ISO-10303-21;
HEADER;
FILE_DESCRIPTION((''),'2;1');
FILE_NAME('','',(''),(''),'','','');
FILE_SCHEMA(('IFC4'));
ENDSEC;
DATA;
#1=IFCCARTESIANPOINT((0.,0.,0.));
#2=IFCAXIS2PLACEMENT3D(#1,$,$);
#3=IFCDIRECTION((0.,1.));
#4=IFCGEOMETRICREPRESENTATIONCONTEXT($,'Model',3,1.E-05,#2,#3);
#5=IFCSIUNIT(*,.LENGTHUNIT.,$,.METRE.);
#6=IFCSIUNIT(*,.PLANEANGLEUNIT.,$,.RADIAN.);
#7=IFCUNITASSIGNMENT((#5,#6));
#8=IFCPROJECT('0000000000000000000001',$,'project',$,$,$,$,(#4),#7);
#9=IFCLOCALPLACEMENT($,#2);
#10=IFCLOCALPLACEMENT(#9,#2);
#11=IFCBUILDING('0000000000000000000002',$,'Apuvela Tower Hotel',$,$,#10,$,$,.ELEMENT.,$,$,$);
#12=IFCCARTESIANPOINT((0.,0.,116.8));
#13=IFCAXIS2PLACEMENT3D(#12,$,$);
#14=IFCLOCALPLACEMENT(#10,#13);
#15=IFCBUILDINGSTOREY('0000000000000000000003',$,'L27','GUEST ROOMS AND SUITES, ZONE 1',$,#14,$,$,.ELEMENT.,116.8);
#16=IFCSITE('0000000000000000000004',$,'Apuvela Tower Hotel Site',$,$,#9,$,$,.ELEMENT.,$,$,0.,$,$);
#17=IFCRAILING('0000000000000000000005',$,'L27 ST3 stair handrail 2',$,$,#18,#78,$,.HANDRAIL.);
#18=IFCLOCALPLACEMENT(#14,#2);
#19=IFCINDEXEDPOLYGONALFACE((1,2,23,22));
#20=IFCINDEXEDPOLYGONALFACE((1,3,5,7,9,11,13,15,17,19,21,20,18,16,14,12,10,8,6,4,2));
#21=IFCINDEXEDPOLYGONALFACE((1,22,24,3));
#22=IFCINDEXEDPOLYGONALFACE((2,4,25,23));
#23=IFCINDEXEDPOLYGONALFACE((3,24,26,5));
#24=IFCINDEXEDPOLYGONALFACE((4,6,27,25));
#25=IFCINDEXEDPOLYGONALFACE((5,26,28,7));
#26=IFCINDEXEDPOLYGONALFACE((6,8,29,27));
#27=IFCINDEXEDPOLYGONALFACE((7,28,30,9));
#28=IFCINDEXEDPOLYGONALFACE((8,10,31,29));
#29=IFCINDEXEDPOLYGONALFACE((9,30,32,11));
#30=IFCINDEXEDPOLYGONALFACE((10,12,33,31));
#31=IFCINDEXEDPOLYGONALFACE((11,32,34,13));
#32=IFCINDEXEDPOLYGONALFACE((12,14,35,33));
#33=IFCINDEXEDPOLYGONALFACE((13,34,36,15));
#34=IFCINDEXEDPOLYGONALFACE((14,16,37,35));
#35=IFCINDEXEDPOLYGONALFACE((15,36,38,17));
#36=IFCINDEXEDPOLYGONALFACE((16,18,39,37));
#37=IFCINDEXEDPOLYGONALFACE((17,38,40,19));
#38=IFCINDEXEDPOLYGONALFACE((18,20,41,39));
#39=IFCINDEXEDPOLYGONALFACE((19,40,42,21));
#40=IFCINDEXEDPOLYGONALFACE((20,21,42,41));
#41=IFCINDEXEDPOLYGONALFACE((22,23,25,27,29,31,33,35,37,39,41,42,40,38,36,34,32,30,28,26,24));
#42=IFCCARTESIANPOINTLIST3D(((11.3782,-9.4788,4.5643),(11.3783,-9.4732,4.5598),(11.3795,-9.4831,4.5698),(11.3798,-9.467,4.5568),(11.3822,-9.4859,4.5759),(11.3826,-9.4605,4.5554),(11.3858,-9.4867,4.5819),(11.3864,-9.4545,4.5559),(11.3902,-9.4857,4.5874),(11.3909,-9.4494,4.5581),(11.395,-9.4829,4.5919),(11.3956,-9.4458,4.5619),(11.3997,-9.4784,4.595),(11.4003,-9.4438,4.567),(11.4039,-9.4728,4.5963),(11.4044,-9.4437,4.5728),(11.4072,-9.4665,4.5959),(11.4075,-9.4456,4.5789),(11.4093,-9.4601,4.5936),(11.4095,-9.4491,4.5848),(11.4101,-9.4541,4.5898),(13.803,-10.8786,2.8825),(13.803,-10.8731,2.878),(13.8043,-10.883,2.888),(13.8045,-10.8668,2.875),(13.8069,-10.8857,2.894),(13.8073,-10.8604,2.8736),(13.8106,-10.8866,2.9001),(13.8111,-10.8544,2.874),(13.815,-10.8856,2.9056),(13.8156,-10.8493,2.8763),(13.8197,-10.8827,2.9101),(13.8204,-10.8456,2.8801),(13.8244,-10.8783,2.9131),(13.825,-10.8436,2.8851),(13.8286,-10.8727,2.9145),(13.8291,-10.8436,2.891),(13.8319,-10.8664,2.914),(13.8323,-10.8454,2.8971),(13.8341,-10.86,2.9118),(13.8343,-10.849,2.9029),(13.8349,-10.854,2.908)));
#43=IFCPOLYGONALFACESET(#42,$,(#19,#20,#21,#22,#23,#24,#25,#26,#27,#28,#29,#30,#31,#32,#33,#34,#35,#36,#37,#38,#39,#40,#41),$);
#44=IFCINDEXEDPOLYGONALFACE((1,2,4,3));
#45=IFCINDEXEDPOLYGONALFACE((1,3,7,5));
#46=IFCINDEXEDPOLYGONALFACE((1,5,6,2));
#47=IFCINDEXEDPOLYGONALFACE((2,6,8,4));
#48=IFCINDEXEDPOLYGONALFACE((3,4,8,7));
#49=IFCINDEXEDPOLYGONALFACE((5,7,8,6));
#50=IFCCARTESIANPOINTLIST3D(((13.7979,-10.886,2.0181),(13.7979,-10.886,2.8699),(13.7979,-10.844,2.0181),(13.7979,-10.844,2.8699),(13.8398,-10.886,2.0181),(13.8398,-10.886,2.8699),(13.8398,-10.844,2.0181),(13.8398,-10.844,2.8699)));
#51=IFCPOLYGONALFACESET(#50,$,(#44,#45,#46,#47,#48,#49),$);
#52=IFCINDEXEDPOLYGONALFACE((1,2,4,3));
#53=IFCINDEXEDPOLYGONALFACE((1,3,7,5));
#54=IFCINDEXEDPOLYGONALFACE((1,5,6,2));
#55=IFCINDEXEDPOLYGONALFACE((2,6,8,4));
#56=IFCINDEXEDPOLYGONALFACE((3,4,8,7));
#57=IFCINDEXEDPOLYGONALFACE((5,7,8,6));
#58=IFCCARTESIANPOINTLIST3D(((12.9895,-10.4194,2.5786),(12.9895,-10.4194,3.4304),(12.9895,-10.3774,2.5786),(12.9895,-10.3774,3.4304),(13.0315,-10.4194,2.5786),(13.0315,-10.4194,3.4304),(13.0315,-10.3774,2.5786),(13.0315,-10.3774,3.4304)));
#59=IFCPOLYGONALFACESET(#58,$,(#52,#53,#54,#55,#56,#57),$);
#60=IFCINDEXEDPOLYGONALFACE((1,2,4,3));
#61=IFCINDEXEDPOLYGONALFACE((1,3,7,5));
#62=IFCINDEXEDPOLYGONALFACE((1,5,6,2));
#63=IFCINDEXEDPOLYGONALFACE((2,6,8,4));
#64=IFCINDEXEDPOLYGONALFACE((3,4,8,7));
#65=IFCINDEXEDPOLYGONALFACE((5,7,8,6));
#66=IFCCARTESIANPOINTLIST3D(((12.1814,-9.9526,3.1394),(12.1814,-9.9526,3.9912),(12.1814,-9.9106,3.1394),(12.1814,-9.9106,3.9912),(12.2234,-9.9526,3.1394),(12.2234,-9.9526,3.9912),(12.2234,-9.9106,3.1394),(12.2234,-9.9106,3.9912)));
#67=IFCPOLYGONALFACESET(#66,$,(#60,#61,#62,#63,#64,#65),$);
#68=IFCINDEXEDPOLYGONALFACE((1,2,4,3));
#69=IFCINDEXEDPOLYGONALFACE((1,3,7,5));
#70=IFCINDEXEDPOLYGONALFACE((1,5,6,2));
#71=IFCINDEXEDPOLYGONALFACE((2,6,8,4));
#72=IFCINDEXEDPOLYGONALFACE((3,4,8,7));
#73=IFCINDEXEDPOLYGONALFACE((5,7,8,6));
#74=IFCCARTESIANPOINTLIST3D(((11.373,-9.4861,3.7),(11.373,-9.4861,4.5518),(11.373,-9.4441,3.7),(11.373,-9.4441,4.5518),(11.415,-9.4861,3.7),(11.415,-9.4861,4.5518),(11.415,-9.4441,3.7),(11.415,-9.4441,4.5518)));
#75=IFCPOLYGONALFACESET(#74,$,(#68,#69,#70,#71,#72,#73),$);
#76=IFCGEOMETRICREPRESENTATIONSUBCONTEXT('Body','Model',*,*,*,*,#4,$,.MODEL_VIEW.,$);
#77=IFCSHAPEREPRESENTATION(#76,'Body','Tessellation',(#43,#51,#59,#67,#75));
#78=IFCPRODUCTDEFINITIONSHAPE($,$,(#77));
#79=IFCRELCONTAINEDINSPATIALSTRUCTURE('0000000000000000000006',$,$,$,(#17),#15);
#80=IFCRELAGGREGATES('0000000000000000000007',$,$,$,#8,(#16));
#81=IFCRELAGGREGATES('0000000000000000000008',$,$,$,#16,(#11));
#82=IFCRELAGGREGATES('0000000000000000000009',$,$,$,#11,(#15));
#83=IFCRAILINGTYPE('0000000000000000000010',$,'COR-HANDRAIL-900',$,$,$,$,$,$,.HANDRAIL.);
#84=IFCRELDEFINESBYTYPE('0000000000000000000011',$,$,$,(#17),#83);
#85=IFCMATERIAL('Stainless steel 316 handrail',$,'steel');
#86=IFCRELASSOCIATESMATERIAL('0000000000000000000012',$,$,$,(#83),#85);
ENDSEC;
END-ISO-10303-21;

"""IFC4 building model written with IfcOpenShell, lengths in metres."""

from ifc_helpers import new_model, si_unit, direction, frame, origin, origin_2d, place, context, subcontext, project, spatial, rectangle, circle, extrude, material, type_object, element, save


model = new_model("IFC4")

# Units and contexts
model_context = context("Model", 3, precision=1e-05, world=origin(), true_north=direction((0.0, 1.0)))
body_context = subcontext(model_context, "Body", "Model", "MODEL_VIEW")
ifc_project = project(units=[si_unit("LENGTHUNIT", "METRE"), si_unit("PLANEANGLEUNIT", "RADIAN")], contexts=[model_context])

# Site, building, storey
site_placement = place(None, origin())
site = spatial("IfcSite", under=ifc_project, at=site_placement, Name="Apuvela Tower Hotel Site", CompositionType="ELEMENT", RefElevation=0.0)
building_placement = place(site_placement, origin())
building = spatial("IfcBuilding", under=site, at=building_placement, Name="Apuvela Tower Hotel", CompositionType="ELEMENT")
storey_placement = place(building_placement, frame((0.0, 0.0, 116.8)))
storey = spatial("IfcBuildingStorey", under=building, at=storey_placement, Name="L27", Description="GUEST ROOMS AND SUITES, ZONE 1", CompositionType="ELEMENT", Elevation=116.8)

# Railing
ifc_material_1 = material(Name="Stainless steel 316 handrail", Category="steel")
railing_type_1 = type_object("IfcRailingType", Name="COR-HANDRAIL-900", PredefinedType="HANDRAIL", material=ifc_material_1)
railing_1_placement = place(storey_placement, frame((13.8188, -10.865, 2.0181)))
element("IfcRailing", 1, at=railing_1_placement, inside=storey, type_object=railing_type_1, Name="L27 ST3 stair handrail 2", PredefinedType="HANDRAIL", context=body_context, shape_type="SweptSolid", body=[
    extrude(circle(Radius=0.0239, at=origin_2d()), frame((0.0, 0.0, 0.876), z_axis=(-0.74239, 0.428601, 0.514934), x_axis=(-0.499984, -0.866035, 0.0)), (0.0, 0.0, 1.0), 3.2661),
    extrude(rectangle(XDim=0.042, YDim=0.042, at=origin_2d()), origin(), (0.0, 0.0, 1.0), 0.8518),
    extrude(rectangle(XDim=0.042, YDim=0.042, at=origin_2d()), frame((-0.8083, 0.4666, 0.5605)), (0.0, 0.0, 1.0), 0.8518),
    extrude(rectangle(XDim=0.042, YDim=0.042, at=origin_2d()), frame((-1.6165, 0.9333, 1.1213)), (0.0, 0.0, 1.0), 0.8518),
    extrude(rectangle(XDim=0.042, YDim=0.042, at=origin_2d()), frame((-2.4248, 1.3999, 1.6819)), (0.0, 0.0, 1.0), 0.8518),
])

save(model, "model.ifc")
